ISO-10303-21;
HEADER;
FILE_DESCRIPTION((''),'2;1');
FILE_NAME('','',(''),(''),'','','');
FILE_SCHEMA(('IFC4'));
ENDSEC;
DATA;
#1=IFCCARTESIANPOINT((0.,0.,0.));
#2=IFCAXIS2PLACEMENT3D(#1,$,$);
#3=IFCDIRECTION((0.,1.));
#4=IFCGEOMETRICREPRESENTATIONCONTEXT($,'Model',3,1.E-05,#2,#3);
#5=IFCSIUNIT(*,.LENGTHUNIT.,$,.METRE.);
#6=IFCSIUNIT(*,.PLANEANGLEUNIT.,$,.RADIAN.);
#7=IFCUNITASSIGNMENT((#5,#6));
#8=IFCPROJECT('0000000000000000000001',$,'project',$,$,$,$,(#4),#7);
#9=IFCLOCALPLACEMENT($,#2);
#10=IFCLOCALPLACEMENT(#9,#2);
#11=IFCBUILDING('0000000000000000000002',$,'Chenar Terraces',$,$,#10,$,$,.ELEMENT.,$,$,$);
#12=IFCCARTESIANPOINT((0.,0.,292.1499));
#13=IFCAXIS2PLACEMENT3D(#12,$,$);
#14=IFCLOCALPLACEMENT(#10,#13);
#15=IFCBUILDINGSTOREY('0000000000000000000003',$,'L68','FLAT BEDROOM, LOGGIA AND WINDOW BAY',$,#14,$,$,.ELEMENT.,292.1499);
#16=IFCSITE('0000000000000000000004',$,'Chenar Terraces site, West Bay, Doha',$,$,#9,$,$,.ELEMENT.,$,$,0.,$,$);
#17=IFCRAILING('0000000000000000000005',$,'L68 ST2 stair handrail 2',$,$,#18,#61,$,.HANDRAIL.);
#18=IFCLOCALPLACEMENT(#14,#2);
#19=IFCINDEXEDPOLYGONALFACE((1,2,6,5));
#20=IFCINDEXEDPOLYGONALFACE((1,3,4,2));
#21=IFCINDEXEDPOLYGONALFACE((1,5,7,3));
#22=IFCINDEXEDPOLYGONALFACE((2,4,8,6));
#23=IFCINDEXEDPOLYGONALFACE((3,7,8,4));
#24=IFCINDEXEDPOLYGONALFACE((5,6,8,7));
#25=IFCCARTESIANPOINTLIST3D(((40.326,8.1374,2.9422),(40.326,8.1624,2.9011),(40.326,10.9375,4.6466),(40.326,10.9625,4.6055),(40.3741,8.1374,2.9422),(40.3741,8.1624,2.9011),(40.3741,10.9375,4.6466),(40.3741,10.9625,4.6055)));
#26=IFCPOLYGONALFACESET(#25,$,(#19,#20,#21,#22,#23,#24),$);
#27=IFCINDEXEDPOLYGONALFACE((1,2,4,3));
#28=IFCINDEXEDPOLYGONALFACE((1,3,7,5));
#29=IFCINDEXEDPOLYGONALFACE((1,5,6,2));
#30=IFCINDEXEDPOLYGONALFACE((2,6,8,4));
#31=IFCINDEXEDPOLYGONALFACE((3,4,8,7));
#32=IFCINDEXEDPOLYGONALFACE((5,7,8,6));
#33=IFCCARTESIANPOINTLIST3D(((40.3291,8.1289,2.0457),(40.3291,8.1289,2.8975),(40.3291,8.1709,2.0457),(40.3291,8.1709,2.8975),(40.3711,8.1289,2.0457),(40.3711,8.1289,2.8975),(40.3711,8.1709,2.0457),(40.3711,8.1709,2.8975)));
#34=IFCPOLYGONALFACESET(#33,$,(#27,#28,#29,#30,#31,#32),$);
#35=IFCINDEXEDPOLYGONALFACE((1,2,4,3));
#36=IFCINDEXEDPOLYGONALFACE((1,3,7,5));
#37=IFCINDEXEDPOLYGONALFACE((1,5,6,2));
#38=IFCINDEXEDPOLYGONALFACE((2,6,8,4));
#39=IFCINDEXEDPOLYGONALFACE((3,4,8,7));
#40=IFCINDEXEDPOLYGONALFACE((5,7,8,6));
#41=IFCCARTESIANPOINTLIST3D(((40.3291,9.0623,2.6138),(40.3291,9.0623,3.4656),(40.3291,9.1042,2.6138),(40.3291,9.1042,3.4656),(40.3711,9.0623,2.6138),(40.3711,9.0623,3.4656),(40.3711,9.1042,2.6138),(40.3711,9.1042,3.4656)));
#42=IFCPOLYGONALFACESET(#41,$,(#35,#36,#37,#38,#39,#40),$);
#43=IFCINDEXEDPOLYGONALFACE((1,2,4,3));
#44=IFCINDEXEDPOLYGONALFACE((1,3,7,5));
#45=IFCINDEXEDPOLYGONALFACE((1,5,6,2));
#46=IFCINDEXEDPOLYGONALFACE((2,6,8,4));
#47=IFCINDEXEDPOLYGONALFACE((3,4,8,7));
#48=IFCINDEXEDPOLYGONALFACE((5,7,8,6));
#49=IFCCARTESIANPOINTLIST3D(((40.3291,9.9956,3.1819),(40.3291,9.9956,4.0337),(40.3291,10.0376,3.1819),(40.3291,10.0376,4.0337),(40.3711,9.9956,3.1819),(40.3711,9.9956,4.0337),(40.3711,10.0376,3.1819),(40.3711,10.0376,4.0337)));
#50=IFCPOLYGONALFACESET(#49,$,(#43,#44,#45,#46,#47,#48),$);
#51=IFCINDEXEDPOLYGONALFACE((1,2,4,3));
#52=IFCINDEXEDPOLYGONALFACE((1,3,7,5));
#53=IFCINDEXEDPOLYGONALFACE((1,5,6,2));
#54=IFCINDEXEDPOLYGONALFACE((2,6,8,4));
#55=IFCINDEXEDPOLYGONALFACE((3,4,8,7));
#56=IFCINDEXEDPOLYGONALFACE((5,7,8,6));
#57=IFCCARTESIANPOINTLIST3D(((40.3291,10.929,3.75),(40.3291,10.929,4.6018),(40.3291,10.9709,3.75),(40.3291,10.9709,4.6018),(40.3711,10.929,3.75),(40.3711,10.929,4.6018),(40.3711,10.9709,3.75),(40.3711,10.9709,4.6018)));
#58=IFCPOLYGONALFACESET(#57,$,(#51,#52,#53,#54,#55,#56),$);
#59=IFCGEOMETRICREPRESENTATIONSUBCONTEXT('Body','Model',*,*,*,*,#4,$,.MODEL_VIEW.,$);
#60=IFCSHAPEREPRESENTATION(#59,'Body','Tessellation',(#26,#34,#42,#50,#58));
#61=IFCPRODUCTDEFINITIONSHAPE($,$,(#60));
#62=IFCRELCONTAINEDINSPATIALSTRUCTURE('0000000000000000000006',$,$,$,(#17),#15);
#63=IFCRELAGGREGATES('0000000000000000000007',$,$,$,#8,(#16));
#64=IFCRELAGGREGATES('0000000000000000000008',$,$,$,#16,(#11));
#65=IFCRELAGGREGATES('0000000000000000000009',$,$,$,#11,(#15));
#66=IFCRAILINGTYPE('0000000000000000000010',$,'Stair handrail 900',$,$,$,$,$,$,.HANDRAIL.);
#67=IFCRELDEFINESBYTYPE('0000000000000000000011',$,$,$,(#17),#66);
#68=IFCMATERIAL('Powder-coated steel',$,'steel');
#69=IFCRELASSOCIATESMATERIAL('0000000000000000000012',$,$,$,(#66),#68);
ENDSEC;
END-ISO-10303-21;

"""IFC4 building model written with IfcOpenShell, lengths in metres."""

from ifc_helpers import new_model, si_unit, direction, frame, origin, origin_2d, place, context, subcontext, project, spatial, rectangle, extrude, material, type_object, element, save


model = new_model("IFC4")

# Units and contexts
model_context = context("Model", 3, precision=1e-05, world=origin(), true_north=direction((0.0, 1.0)))
body_context = subcontext(model_context, "Body", "Model", "MODEL_VIEW")
ifc_project = project(units=[si_unit("LENGTHUNIT", "METRE"), si_unit("PLANEANGLEUNIT", "RADIAN")], contexts=[model_context])

# Site, building, storey
site_placement = place(None, origin())
site = spatial("IfcSite", under=ifc_project, at=site_placement, Name="Chenar Terraces site, West Bay, Doha", CompositionType="ELEMENT", RefElevation=0.0)
building_placement = place(site_placement, origin())
building = spatial("IfcBuilding", under=site, at=building_placement, Name="Chenar Terraces", CompositionType="ELEMENT")
storey_placement = place(building_placement, frame((0.0, 0.0, 292.1499)))
storey = spatial("IfcBuildingStorey", under=building, at=storey_placement, Name="L68", Description="FLAT BEDROOM, LOGGIA AND WINDOW BAY", CompositionType="ELEMENT", Elevation=292.1499)

# Railing
ifc_material_1 = material(Name="Powder-coated steel", Category="steel")
railing_type_1 = type_object("IfcRailingType", Name="Stair handrail 900", PredefinedType="HANDRAIL", material=ifc_material_1)
railing_1_placement = place(storey_placement, frame((40.3501, 8.1499, 2.0457)))
element("IfcRailing", 1, at=railing_1_placement, inside=storey, type_object=railing_type_1, Name="L68 ST2 stair handrail 2", PredefinedType="HANDRAIL", context=body_context, shape_type="SweptSolid", body=[
    extrude(rectangle(XDim=0.0481, YDim=0.0481, at=origin_2d()), frame((0.0, 0.0, 0.876), z_axis=(0.0, 0.854203, 0.51994), x_axis=(-1.0, 0.0, 0.0)), (0.0, 0.0, 1.0), 3.2781),
    extrude(rectangle(XDim=0.042, YDim=0.042, at=origin_2d()), origin(), (0.0, 0.0, 1.0), 0.8518),
    extrude(rectangle(XDim=0.042, YDim=0.042, at=origin_2d()), frame((0.0, 0.9333, 0.5681)), (0.0, 0.0, 1.0), 0.8518),
    extrude(rectangle(XDim=0.042, YDim=0.042, at=origin_2d()), frame((0.0, 1.8667, 1.1362)), (0.0, 0.0, 1.0), 0.8518),
    extrude(rectangle(XDim=0.042, YDim=0.042, at=origin_2d()), frame((0.0, 2.8, 1.7043)), (0.0, 0.0, 1.0), 0.8518),
])

save(model, "model.ifc")
